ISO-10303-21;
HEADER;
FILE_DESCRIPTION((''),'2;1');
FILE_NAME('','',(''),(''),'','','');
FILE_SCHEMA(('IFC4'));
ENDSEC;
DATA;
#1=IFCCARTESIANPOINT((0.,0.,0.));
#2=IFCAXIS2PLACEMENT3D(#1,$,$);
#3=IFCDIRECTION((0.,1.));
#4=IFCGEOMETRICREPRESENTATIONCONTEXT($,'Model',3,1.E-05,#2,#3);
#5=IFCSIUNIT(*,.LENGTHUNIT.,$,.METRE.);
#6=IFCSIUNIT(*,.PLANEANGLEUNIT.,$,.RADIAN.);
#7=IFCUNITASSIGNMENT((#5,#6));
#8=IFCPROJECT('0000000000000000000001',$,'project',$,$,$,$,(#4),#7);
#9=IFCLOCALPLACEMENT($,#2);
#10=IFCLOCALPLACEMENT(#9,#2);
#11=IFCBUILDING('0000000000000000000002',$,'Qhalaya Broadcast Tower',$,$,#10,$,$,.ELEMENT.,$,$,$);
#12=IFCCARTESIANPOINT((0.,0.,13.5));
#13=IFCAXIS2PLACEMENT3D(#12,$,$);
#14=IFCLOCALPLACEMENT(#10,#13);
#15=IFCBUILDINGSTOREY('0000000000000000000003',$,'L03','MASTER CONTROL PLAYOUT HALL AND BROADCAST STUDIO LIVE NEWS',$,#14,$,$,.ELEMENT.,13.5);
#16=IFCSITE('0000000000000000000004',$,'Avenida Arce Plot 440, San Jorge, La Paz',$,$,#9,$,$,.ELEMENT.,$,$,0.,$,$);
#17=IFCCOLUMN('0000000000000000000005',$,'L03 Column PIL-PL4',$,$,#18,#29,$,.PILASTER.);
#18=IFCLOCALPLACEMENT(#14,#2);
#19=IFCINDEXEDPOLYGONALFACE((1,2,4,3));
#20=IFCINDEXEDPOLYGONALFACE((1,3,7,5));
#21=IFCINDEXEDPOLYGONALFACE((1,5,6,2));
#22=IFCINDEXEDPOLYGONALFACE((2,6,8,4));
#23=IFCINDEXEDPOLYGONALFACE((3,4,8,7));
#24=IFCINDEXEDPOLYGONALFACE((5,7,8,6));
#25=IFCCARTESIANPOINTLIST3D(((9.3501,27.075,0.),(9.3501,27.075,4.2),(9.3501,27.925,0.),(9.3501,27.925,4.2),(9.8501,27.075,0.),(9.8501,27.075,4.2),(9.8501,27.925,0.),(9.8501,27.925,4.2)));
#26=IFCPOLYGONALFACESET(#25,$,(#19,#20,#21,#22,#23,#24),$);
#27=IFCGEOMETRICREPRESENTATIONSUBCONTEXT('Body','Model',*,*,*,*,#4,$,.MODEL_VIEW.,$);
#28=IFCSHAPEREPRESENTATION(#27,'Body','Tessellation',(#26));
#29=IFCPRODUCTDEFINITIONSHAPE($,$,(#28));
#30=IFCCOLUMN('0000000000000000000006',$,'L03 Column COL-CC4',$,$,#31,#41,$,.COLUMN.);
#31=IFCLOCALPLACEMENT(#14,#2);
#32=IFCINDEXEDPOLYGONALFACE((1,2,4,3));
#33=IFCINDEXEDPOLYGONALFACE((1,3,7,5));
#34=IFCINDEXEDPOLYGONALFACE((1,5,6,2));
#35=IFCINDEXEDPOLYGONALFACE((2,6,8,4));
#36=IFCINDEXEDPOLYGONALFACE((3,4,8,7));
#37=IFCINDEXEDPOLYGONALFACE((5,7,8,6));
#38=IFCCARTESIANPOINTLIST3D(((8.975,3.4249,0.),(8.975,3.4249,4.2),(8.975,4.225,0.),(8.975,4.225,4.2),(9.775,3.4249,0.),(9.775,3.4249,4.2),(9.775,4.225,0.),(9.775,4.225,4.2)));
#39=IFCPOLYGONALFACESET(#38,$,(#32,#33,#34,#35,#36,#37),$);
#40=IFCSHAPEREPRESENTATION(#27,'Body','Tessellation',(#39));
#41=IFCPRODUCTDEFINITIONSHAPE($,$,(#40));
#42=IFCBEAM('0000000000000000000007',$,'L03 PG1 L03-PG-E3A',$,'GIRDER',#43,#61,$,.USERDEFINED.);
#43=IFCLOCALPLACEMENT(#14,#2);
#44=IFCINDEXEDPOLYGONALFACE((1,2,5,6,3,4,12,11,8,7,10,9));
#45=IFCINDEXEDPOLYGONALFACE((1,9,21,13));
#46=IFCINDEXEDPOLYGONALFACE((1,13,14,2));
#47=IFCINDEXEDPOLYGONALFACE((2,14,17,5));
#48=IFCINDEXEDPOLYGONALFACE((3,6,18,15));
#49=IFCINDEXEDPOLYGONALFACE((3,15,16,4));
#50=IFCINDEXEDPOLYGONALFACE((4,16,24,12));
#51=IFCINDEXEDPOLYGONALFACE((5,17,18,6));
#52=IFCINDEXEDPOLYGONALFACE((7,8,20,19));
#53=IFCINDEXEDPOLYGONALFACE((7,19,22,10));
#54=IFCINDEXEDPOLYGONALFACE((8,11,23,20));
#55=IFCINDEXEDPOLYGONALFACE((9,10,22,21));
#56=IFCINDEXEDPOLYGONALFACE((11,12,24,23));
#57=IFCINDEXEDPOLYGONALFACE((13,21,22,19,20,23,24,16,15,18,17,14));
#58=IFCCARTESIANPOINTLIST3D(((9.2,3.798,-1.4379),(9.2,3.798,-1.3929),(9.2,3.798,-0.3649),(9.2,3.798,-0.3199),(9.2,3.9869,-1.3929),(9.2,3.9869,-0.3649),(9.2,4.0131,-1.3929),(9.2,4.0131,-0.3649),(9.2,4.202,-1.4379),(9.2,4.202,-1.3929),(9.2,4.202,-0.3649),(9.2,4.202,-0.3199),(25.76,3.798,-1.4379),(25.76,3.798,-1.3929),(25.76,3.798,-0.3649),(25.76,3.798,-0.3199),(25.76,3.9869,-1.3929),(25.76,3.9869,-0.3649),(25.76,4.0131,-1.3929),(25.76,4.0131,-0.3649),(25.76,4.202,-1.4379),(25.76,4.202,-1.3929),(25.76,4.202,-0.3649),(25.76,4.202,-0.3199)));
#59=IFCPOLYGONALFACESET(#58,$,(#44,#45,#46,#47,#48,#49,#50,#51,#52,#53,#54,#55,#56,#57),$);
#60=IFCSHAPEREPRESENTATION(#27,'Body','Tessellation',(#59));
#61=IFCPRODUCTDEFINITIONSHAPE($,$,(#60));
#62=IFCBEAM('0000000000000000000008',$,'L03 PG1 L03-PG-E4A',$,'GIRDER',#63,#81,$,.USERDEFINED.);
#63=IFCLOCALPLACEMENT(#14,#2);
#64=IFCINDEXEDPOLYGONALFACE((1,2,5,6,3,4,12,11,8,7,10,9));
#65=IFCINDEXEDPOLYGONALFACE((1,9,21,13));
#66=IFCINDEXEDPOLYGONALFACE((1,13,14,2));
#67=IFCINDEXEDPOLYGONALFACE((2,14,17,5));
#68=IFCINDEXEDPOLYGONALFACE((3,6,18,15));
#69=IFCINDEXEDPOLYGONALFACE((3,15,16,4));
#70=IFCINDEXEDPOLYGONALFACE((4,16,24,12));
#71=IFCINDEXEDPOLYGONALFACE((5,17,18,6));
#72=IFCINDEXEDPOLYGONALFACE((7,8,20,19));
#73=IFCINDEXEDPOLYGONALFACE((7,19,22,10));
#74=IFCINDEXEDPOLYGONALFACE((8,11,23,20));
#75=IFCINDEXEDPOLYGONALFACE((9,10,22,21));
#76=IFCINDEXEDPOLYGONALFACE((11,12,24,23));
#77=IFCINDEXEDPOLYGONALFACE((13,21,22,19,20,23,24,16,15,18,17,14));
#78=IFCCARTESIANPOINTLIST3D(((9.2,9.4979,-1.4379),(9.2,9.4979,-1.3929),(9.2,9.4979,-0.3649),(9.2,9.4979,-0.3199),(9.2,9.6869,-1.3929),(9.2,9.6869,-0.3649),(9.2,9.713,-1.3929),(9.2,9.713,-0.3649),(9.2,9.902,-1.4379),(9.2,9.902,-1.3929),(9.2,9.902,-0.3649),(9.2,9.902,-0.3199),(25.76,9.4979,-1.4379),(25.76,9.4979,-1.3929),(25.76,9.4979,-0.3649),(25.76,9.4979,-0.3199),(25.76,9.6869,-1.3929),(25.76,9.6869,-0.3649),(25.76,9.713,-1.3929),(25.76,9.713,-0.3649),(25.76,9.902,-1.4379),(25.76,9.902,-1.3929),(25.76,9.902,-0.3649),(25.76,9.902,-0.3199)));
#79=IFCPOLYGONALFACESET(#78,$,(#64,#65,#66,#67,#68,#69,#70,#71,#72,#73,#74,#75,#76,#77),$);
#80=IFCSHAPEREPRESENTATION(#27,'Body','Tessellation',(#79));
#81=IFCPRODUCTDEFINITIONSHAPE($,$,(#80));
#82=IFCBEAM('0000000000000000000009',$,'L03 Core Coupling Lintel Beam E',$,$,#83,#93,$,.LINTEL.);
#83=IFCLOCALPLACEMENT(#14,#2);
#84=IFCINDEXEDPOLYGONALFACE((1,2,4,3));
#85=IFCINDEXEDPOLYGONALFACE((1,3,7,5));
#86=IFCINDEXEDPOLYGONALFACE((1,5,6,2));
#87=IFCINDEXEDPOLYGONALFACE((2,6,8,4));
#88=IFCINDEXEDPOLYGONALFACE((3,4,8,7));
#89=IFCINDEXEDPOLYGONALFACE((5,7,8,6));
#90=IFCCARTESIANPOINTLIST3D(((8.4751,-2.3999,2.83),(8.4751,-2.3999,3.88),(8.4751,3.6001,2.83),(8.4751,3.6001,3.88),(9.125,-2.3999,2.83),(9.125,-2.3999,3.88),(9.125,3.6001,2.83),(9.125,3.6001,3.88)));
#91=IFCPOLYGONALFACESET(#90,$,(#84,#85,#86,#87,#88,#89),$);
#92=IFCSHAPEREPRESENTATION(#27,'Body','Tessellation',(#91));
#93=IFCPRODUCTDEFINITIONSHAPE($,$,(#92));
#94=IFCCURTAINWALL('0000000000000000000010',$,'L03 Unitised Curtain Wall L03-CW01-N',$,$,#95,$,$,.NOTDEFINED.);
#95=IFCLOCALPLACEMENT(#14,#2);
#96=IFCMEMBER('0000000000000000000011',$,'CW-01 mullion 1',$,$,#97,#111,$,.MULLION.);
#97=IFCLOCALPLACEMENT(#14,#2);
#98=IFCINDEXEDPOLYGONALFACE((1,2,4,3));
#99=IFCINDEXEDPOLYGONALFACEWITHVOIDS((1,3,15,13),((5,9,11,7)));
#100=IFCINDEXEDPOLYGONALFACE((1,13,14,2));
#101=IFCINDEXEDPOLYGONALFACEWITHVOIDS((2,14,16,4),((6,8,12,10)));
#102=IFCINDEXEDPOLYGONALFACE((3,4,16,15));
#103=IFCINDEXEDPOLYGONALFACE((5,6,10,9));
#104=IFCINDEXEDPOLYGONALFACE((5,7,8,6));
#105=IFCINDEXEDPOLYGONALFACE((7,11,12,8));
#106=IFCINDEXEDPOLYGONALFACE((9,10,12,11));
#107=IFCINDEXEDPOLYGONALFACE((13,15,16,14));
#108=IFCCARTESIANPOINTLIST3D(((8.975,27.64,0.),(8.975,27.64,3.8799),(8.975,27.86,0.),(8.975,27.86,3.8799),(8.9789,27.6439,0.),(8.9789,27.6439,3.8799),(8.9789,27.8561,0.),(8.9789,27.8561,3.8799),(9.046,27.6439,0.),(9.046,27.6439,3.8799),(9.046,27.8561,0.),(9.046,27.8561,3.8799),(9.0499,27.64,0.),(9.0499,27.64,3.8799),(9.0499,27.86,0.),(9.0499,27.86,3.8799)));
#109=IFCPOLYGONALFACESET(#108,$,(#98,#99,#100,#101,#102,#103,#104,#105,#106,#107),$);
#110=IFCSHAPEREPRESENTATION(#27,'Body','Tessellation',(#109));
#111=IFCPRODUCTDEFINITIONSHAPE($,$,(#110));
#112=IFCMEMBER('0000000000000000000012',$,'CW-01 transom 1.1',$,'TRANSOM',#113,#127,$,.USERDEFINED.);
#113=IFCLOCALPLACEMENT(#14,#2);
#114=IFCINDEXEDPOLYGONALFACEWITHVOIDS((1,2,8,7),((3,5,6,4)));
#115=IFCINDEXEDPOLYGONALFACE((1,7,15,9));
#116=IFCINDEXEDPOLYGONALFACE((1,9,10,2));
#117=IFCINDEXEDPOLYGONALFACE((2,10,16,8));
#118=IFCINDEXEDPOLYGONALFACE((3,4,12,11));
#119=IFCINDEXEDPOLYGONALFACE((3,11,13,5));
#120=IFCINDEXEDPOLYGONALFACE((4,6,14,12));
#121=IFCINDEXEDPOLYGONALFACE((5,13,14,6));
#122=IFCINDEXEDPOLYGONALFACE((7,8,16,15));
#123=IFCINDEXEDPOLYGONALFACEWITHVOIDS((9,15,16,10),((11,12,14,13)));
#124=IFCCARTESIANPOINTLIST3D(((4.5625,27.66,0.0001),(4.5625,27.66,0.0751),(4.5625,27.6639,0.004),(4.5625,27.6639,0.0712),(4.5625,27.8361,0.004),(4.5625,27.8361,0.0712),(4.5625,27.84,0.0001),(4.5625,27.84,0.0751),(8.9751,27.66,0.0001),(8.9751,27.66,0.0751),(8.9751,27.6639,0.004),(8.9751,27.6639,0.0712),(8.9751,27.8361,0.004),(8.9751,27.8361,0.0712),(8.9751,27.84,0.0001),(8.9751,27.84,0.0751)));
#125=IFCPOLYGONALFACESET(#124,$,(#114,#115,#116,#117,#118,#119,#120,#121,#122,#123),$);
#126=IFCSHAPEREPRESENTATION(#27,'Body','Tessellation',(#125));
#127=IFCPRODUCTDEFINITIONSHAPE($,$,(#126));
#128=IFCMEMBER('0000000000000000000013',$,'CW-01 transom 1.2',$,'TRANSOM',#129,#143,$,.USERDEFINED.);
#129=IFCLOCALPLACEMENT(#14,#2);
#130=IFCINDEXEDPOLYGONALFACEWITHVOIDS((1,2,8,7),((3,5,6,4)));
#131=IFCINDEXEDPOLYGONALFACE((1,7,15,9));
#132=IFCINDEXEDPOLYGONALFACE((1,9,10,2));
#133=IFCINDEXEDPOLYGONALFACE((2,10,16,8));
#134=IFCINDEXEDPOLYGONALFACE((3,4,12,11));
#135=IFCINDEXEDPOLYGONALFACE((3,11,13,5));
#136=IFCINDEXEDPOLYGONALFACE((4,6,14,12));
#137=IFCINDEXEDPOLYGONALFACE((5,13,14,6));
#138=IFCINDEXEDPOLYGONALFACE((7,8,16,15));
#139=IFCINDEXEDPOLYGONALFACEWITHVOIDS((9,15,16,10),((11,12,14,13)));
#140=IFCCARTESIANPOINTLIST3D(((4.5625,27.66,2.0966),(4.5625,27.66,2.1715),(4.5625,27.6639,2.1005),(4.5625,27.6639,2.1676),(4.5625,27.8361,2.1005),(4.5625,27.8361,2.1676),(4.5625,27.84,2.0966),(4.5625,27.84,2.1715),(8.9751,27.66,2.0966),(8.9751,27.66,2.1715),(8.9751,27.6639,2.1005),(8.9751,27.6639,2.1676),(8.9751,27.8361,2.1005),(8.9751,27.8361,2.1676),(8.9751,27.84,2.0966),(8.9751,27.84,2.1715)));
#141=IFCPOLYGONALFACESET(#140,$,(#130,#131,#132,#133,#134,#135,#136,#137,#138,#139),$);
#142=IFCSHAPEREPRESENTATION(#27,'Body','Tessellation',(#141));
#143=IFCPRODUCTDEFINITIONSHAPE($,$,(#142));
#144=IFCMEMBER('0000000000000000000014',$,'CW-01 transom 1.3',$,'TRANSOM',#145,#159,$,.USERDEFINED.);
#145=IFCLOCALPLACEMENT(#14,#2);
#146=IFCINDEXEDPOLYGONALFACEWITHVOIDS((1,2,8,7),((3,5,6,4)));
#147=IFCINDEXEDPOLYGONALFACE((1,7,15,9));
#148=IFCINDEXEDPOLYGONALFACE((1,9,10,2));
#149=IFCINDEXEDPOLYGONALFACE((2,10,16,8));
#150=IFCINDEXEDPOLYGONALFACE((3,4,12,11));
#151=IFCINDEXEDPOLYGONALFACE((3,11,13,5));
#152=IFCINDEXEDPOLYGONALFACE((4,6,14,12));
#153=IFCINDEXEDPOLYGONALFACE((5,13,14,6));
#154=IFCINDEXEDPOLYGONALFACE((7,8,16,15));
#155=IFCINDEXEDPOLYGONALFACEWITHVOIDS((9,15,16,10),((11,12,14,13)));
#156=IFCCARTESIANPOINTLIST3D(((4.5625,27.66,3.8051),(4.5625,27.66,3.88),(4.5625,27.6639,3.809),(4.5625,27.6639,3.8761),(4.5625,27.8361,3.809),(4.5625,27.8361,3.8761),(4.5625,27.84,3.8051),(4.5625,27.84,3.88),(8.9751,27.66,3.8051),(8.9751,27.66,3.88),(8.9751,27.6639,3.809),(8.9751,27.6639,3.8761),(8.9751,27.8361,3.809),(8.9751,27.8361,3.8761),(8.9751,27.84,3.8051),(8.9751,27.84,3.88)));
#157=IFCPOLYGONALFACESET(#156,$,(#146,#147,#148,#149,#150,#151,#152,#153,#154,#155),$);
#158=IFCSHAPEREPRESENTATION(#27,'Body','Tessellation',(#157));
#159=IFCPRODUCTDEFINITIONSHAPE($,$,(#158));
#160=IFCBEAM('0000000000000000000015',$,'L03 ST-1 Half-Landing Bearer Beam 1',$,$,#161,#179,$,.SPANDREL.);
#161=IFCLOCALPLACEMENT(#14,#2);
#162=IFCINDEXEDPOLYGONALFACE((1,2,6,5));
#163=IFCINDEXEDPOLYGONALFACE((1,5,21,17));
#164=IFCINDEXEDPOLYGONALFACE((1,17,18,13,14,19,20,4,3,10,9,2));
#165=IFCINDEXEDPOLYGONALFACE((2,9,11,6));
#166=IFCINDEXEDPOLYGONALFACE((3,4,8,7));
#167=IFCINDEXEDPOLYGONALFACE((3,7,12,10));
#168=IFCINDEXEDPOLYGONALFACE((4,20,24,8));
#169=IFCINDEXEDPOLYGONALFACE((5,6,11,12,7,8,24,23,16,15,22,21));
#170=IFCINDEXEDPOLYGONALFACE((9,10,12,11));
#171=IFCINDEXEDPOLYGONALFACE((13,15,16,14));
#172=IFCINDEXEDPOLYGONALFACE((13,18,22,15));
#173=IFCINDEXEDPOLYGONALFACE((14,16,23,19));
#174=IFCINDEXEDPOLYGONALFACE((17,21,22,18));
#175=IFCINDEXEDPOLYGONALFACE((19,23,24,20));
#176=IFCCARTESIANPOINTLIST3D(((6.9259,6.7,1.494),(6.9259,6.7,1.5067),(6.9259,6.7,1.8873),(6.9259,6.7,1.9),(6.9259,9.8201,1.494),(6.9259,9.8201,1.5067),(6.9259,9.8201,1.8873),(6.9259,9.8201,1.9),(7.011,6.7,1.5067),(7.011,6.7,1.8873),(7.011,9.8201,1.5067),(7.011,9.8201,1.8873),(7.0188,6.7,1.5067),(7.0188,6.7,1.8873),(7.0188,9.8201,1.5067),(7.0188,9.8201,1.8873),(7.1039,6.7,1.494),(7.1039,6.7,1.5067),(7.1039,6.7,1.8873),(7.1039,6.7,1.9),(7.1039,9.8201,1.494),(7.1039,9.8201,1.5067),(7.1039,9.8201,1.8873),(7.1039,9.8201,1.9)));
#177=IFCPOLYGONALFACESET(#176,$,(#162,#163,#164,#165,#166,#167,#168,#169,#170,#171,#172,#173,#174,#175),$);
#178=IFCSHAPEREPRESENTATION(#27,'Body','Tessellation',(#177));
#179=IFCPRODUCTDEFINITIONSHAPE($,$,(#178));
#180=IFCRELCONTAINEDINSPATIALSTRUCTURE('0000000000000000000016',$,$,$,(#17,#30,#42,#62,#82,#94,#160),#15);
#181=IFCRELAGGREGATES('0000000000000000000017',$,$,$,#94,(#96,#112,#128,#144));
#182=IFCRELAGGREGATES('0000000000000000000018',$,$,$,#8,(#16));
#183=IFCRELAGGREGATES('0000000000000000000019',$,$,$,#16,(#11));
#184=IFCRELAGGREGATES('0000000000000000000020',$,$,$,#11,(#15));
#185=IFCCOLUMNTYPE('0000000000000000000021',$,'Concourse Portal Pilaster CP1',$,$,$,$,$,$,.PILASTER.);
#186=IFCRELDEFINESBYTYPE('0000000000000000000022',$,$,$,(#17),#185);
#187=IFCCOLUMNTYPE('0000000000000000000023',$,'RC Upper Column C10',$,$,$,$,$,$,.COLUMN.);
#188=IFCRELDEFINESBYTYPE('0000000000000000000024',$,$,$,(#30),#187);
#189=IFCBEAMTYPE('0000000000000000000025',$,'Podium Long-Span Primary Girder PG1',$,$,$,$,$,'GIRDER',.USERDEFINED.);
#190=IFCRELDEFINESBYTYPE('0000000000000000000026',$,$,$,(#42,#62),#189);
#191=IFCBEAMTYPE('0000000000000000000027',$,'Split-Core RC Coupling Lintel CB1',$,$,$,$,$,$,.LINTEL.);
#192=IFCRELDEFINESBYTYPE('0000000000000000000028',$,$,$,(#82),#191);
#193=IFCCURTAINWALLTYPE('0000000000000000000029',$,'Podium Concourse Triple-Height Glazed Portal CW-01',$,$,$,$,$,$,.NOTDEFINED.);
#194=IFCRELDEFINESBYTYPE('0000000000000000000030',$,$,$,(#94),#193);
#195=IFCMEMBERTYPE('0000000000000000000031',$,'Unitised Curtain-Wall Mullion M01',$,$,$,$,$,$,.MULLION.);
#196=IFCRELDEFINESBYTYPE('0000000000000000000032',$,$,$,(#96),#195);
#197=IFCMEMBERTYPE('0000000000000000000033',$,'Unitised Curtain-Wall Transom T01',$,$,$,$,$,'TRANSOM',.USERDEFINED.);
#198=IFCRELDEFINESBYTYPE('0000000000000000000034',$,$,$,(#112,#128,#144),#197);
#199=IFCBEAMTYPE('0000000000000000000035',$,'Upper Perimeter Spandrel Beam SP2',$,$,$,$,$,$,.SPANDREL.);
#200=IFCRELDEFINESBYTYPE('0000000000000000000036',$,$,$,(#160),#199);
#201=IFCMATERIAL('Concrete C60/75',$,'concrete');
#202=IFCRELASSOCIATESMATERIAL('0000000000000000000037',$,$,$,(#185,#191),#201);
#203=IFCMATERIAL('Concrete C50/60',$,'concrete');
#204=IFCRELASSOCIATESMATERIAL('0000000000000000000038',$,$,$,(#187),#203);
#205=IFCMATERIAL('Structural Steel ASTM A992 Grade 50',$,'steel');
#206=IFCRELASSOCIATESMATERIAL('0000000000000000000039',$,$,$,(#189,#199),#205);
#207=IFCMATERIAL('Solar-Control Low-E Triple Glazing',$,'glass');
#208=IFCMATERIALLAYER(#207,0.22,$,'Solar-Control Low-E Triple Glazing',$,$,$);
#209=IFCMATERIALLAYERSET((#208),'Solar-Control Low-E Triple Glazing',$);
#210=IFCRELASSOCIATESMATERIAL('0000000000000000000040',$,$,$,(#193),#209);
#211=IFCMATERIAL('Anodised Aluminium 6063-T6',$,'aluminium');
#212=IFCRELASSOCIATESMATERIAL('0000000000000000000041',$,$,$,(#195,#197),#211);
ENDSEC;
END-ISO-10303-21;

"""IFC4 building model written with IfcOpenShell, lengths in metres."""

from ifc_helpers import new_model, si_unit, direction, frame, origin, origin_2d, place, context, subcontext, project, spatial, rectangle, hollow_rectangle, i_section, extrude, material, layer, layer_set, material_profile, profile_set, type_object, element, aggregate, save


model = new_model("IFC4")

# Units and contexts
model_context = context("Model", 3, precision=1e-05, world=origin(), true_north=direction((0.0, 1.0)))
body_context = subcontext(model_context, "Body", "Model", "MODEL_VIEW")
ifc_project = project(units=[si_unit("LENGTHUNIT", "METRE"), si_unit("PLANEANGLEUNIT", "RADIAN")], contexts=[model_context])

# Site, building, storey
site_placement = place(None, origin())
site = spatial("IfcSite", under=ifc_project, at=site_placement, Name="Avenida Arce Plot 440, San Jorge, La Paz", CompositionType="ELEMENT", RefElevation=0.0)
building_placement = place(site_placement, origin())
building = spatial("IfcBuilding", under=site, at=building_placement, Name="Qhalaya Broadcast Tower", CompositionType="ELEMENT")
storey_placement = place(building_placement, frame((0.0, 0.0, 13.5)))
storey = spatial("IfcBuildingStorey", under=building, at=storey_placement, Name="L03", Description="MASTER CONTROL PLAYOUT HALL AND BROADCAST STUDIO LIVE NEWS", CompositionType="ELEMENT", Elevation=13.5)

# Columns
ifc_material_1 = material(Name="Concrete C60/75", Category="concrete")
ifc_material_profile_1 = material_profile(ifc_material_1, rectangle(XDim=0.5, YDim=0.8501, at=origin_2d()), Name="RC-PIL 500x850")
ifc_profile_set_1 = profile_set([ifc_material_profile_1], Name="Concrete C60/75")
column_type_1 = type_object("IfcColumnType", Name="Concourse Portal Pilaster CP1", PredefinedType="PILASTER", material=ifc_profile_set_1)
column_1_placement = place(storey_placement, frame((9.6001, 27.5, 0.0), z_axis=(0.0, 0.0, 1.0), x_axis=(1.0, 0.0, 0.0)))
element("IfcColumn", 1, at=column_1_placement, inside=storey, type_object=column_type_1, Name="L03 Column PIL-PL4", PredefinedType="PILASTER", context=body_context, shape_type="SweptSolid", body=[
    extrude(rectangle(XDim=0.5, YDim=0.8501, at=origin_2d()), origin(), (0.0, 0.0, 1.0), 4.2),
])
ifc_material_2 = material(Name="Concrete C50/60", Category="concrete")
ifc_material_profile_2 = material_profile(ifc_material_2, rectangle(XDim=0.8, YDim=0.8, at=origin_2d()), Name="RC-COL 800x800")
ifc_profile_set_2 = profile_set([ifc_material_profile_2], Name="Concrete C50/60")
column_type_2 = type_object("IfcColumnType", Name="RC Upper Column C10", PredefinedType="COLUMN", material=ifc_profile_set_2)
column_2_placement = place(storey_placement, frame((9.375, 3.825, 0.0), z_axis=(0.0, 0.0, 1.0), x_axis=(1.0, 0.0, 0.0)))
element("IfcColumn", 2, at=column_2_placement, inside=storey, type_object=column_type_2, Name="L03 Column COL-CC4", PredefinedType="COLUMN", context=body_context, shape_type="SweptSolid", body=[
    extrude(rectangle(XDim=0.8, YDim=0.8, at=origin_2d()), origin(), (0.0, 0.0, 1.0), 4.2),
])

# Beams
ifc_material_3 = material(Name="Structural Steel ASTM A992 Grade 50", Category="steel")
ifc_material_profile_3 = material_profile(ifc_material_3, i_section(OverallWidth=0.4041, OverallDepth=1.1179, WebThickness=0.0261, FlangeThickness=0.0449, at=origin_2d()), Name="W44X335")
ifc_profile_set_3 = profile_set([ifc_material_profile_3], Name="Structural Steel ASTM A992 Grade 50")
beam_type_1 = type_object("IfcBeamType", Name="Podium Long-Span Primary Girder PG1", ElementType="GIRDER", PredefinedType="USERDEFINED", material=ifc_profile_set_3)
for number, where, z_axis, x_axis, name in (
    (3, (9.2, 4.0, -0.8789), (1.0, 0.0, 0.0), (0.0, 1.0, 0.0), "L03 PG1 L03-PG-E3A"),
    (4, (9.2, 9.7, -0.8789), (1.0, 0.0, 0.0), (0.0, 1.0, 0.0), "L03 PG1 L03-PG-E4A"),
):
    element("IfcBeam", number, at=place(storey_placement, frame(where, z_axis=z_axis, x_axis=x_axis)), inside=storey, type_object=beam_type_1, Name=name, ObjectType="GIRDER", PredefinedType="USERDEFINED", context=body_context, shape_type="SweptSolid", body=[
        extrude(i_section(OverallWidth=0.4041, OverallDepth=1.1179, WebThickness=0.0261, FlangeThickness=0.0449, at=origin_2d()), origin(), (0.0, 0.0, 1.0), 16.5601),
    ])
ifc_material_profile_4 = material_profile(ifc_material_1, rectangle(XDim=0.6499, YDim=1.05, at=origin_2d()), Name="RC-CB 650x1050")
ifc_profile_set_4 = profile_set([ifc_material_profile_4], Name="Concrete C60/75")
beam_type_2 = type_object("IfcBeamType", Name="Split-Core RC Coupling Lintel CB1", PredefinedType="LINTEL", material=ifc_profile_set_4)
beam_placement = place(storey_placement, frame((8.8, -2.3999, 3.355), z_axis=(0.0, 1.0, 0.0), x_axis=(-1.0, 0.0, 0.0)))
element("IfcBeam", 5, at=beam_placement, inside=storey, type_object=beam_type_2, Name="L03 Core Coupling Lintel Beam E", PredefinedType="LINTEL", context=body_context, shape_type="SweptSolid", body=[
    extrude(rectangle(XDim=0.6499, YDim=1.05, at=origin_2d()), origin(), (0.0, 0.0, 1.0), 6.0),
])

# Curtain wall, members
ifc_material_4 = material(Name="Solar-Control Low-E Triple Glazing", Category="glass")
ifc_layer_1 = layer(ifc_material_4, 0.22, Name="Solar-Control Low-E Triple Glazing")
ifc_layer_set_1 = layer_set([ifc_layer_1], Name="Solar-Control Low-E Triple Glazing")
curtain_wall_type = type_object("IfcCurtainWallType", Name="Podium Concourse Triple-Height Glazed Portal CW-01", PredefinedType="NOTDEFINED", material=ifc_layer_set_1)
curtain_wall_placement = place(storey_placement, origin())
curtain_wall = element("IfcCurtainWall", 6, at=curtain_wall_placement, inside=storey, type_object=curtain_wall_type, Name="L03 Unitised Curtain Wall L03-CW01-N", PredefinedType="NOTDEFINED")
ifc_material_5 = material(Name="Anodised Aluminium 6063-T6", Category="aluminium")
ifc_material_profile_5 = material_profile(ifc_material_5, hollow_rectangle(XDim=0.075, YDim=0.22, WallThickness=0.0039, at=origin_2d()), Name="ALU-MUL 75x220x4")
ifc_profile_set_5 = profile_set([ifc_material_profile_5], Name="Anodised Aluminium 6063-T6")
member_type_1 = type_object("IfcMemberType", Name="Unitised Curtain-Wall Mullion M01", PredefinedType="MULLION", material=ifc_profile_set_5)
member_1_placement = place(storey_placement, frame((9.0125, 27.75, 0.0), z_axis=(0.0, 0.0, 1.0), x_axis=(-1.0, 0.0, 0.0)))
member_1 = element("IfcMember", 7, at=member_1_placement, type_object=member_type_1, Name="CW-01 mullion 1", PredefinedType="MULLION", context=body_context, shape_type="SweptSolid", body=[
    extrude(hollow_rectangle(XDim=0.075, YDim=0.22, WallThickness=0.0039, at=origin_2d()), origin(), (0.0, 0.0, 1.0), 3.8799),
])
ifc_material_profile_6 = material_profile(ifc_material_5, hollow_rectangle(XDim=0.075, YDim=0.1799, WallThickness=0.0039, at=origin_2d()), Name="ALU-TRN 75x180x4")
ifc_profile_set_6 = profile_set([ifc_material_profile_6], Name="Anodised Aluminium 6063-T6")
member_type_2 = type_object("IfcMemberType", Name="Unitised Curtain-Wall Transom T01", ElementType="TRANSOM", PredefinedType="USERDEFINED", material=ifc_profile_set_6)
member_2_placement = place(storey_placement, frame((8.9751, 27.75, 0.0376), z_axis=(-1.0, 0.0, 0.0), x_axis=(0.0, 0.0, 1.0)))
member_2 = element("IfcMember", 8, at=member_2_placement, type_object=member_type_2, Name="CW-01 transom 1.1", ObjectType="TRANSOM", PredefinedType="USERDEFINED", context=body_context, shape_type="SweptSolid", body=[
    extrude(hollow_rectangle(XDim=0.075, YDim=0.1799, WallThickness=0.0039, at=origin_2d()), origin(), (0.0, 0.0, 1.0), 4.4126),
])
member_3_placement = place(storey_placement, frame((8.9751, 27.75, 2.134), z_axis=(-1.0, 0.0, 0.0), x_axis=(0.0, 0.0, 1.0)))
member_3 = element("IfcMember", 9, at=member_3_placement, type_object=member_type_2, Name="CW-01 transom 1.2", ObjectType="TRANSOM", PredefinedType="USERDEFINED", context=body_context, shape_type="SweptSolid", body=[
    extrude(hollow_rectangle(XDim=0.075, YDim=0.1799, WallThickness=0.0039, at=origin_2d()), origin(), (0.0, 0.0, 1.0), 4.4126),
])
member_4_placement = place(storey_placement, frame((8.9751, 27.75, 3.8425), z_axis=(-1.0, 0.0, 0.0), x_axis=(0.0, 0.0, 1.0)))
member_4 = element("IfcMember", 10, at=member_4_placement, type_object=member_type_2, Name="CW-01 transom 1.3", ObjectType="TRANSOM", PredefinedType="USERDEFINED", context=body_context, shape_type="SweptSolid", body=[
    extrude(hollow_rectangle(XDim=0.075, YDim=0.1799, WallThickness=0.0039, at=origin_2d()), origin(), (0.0, 0.0, 1.0), 4.4126),
])
aggregate(curtain_wall, [member_1, member_2, member_3, member_4])

# Beam
ifc_material_profile_7 = material_profile(ifc_material_3, i_section(OverallWidth=0.178, OverallDepth=0.406, WebThickness=0.0078, FlangeThickness=0.0127, at=origin_2d()), Name="W16X40")
ifc_profile_set_7 = profile_set([ifc_material_profile_7], Name="Structural Steel ASTM A992 Grade 50")
beam_type_3 = type_object("IfcBeamType", Name="Upper Perimeter Spandrel Beam SP2", PredefinedType="SPANDREL", material=ifc_profile_set_7)
for number, where, z_axis, x_axis, name in (
    (11, (7.0149, 6.7, 1.697), (0.0, 1.0, 0.0), (-1.0, 0.0, 0.0), "L03 ST-1 Half-Landing Bearer Beam 1"),
):
    element("IfcBeam", number, at=place(storey_placement, frame(where, z_axis=z_axis, x_axis=x_axis)), inside=storey, type_object=beam_type_3, Name=name, PredefinedType="SPANDREL", context=body_context, shape_type="SweptSolid", body=[
        extrude(i_section(OverallWidth=0.178, OverallDepth=0.406, WebThickness=0.0078, FlangeThickness=0.0127, at=origin_2d()), origin(), (0.0, 0.0, 1.0), 3.1201),
    ])

save(model, "model.ifc")
